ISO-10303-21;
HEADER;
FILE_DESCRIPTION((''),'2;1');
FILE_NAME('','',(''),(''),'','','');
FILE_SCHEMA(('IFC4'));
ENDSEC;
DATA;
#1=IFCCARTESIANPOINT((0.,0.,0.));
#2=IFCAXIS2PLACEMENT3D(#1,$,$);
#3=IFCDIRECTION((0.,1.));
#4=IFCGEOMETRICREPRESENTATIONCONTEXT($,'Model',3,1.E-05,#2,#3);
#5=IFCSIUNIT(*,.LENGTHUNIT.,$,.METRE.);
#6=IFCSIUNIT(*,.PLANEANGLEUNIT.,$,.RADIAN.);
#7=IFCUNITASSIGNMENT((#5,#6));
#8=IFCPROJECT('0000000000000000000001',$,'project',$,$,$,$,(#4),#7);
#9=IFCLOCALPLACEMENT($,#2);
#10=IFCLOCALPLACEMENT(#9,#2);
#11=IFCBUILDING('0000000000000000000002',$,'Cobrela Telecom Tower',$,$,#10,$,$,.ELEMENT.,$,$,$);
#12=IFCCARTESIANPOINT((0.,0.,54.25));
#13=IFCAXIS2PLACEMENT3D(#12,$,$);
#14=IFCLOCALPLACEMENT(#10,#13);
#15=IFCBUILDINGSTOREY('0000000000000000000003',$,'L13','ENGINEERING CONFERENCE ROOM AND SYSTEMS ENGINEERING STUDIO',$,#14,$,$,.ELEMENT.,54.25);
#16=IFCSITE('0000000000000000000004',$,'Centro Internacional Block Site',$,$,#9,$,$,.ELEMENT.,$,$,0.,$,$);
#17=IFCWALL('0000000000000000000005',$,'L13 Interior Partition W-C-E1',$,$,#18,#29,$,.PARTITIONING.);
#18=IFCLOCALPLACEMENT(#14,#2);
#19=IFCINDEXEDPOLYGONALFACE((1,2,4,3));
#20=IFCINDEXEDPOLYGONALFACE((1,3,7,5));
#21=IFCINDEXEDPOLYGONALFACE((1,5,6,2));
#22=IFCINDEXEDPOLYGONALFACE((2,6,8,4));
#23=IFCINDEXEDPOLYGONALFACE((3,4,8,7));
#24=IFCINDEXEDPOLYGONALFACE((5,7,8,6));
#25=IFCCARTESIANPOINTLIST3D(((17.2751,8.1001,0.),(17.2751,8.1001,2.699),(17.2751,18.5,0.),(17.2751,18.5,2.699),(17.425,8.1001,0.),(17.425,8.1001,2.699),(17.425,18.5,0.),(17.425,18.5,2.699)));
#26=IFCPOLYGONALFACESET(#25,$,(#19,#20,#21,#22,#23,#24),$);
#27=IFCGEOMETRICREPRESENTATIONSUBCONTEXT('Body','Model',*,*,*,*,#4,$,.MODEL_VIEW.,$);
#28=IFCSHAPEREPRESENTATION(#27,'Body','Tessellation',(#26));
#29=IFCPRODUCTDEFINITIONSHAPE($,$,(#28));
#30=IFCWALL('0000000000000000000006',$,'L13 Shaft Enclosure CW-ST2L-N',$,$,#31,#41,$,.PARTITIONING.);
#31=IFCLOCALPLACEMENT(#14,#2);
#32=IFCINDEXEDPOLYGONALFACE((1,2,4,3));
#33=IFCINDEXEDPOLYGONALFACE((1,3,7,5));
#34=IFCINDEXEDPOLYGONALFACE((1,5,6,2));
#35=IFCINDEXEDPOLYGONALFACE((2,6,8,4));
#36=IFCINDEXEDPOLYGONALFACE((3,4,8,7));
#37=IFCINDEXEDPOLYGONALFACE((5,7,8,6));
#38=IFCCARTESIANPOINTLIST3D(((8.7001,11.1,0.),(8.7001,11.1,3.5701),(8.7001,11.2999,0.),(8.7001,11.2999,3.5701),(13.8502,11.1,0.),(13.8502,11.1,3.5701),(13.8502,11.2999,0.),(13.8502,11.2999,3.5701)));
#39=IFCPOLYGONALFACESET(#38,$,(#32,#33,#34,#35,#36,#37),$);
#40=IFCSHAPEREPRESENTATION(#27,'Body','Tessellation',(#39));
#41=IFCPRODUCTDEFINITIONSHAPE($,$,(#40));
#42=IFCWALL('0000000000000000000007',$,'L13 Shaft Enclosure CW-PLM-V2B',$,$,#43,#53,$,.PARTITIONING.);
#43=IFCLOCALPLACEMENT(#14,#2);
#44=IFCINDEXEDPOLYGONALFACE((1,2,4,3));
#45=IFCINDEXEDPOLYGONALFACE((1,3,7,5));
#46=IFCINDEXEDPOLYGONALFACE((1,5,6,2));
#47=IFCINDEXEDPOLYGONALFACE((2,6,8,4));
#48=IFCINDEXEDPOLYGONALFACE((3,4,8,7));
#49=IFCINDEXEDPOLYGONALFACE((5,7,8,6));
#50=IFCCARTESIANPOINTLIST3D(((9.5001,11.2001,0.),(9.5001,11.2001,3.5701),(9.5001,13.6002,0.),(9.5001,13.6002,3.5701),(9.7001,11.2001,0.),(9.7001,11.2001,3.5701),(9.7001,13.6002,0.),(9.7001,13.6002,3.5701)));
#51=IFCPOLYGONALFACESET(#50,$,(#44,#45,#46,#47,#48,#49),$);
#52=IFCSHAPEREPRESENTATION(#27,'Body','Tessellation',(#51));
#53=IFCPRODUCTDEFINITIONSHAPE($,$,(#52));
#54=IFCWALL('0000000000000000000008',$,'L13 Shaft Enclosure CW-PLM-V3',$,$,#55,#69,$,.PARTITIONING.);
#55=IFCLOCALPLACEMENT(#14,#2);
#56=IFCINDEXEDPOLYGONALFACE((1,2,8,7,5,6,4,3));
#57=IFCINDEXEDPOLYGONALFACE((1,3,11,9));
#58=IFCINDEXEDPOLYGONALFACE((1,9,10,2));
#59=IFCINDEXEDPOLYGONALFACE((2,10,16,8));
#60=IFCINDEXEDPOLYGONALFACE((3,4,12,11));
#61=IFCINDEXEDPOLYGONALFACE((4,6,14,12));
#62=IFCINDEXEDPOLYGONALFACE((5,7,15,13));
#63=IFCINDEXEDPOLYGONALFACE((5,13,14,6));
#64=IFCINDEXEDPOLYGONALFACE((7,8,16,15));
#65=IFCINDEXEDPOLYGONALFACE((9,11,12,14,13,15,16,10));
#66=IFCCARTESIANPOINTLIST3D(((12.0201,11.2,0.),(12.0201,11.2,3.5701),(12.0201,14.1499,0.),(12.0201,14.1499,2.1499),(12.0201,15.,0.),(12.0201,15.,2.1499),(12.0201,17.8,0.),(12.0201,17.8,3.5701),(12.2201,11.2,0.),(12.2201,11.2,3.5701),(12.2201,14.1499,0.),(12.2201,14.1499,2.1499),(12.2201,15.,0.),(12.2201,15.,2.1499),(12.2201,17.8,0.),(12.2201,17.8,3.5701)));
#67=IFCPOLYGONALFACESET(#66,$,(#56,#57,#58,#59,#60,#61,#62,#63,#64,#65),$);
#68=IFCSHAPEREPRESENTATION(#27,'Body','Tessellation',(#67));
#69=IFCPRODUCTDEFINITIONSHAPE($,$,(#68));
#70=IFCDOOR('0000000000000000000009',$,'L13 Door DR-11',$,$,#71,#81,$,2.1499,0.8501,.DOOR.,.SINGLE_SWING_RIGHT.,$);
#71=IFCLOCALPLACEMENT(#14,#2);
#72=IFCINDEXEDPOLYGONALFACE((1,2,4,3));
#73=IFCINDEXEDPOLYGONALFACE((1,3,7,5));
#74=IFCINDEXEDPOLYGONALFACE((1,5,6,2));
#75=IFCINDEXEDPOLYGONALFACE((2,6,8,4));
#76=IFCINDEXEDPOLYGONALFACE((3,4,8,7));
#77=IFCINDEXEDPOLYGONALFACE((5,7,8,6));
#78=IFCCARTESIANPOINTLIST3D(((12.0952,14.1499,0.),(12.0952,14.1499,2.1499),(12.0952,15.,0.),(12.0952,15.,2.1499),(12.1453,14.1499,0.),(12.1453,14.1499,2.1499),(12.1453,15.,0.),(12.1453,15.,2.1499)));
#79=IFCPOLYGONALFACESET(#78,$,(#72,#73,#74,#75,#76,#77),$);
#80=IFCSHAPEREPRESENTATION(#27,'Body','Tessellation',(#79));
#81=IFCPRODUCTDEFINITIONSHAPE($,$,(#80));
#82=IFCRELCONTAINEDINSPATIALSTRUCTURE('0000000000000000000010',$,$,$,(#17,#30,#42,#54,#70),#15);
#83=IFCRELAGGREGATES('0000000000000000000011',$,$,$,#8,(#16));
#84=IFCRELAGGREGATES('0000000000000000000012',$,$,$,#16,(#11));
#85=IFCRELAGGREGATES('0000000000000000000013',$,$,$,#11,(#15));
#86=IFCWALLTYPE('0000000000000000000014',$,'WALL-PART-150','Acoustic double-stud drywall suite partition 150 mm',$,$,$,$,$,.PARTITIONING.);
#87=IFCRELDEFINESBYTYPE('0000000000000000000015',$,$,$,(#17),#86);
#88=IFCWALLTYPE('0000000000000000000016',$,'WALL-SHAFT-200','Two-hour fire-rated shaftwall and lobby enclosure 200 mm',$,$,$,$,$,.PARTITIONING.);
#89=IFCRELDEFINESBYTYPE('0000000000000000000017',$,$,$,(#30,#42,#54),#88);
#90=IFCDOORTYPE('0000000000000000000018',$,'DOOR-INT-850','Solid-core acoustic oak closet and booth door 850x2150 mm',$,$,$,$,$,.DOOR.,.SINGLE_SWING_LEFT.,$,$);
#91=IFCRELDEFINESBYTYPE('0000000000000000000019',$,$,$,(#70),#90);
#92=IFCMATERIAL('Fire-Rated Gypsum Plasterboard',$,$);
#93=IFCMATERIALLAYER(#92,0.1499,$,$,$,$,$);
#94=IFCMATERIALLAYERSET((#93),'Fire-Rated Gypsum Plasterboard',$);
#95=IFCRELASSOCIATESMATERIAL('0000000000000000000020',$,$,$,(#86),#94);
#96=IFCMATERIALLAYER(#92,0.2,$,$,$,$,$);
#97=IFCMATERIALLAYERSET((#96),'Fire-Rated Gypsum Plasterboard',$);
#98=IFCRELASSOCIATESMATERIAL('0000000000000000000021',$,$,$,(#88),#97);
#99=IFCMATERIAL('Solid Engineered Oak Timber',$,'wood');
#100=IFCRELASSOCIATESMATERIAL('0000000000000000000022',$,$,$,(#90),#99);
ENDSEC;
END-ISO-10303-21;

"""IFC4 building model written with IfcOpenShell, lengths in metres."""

from ifc_helpers import new_model, si_unit, direction, frame, frame_2d, origin, place, context, subcontext, project, spatial, rectangle, extrude, material, layer, layer_set, type_object, element, fill, save


model = new_model("IFC4")

# Units and contexts
model_context = context("Model", 3, precision=1e-05, world=origin(), true_north=direction((0.0, 1.0)))
body_context = subcontext(model_context, "Body", "Model", "MODEL_VIEW")
ifc_project = project(units=[si_unit("LENGTHUNIT", "METRE"), si_unit("PLANEANGLEUNIT", "RADIAN")], contexts=[model_context])

# Site, building, storey
site_placement = place(None, origin())
site = spatial("IfcSite", under=ifc_project, at=site_placement, Name="Centro Internacional Block Site", CompositionType="ELEMENT", RefElevation=0.0)
building_placement = place(site_placement, origin())
building = spatial("IfcBuilding", under=site, at=building_placement, Name="Cobrela Telecom Tower", CompositionType="ELEMENT")
storey_placement = place(building_placement, frame((0.0, 0.0, 54.25)))
storey = spatial("IfcBuildingStorey", under=building, at=storey_placement, Name="L13", Description="ENGINEERING CONFERENCE ROOM AND SYSTEMS ENGINEERING STUDIO", CompositionType="ELEMENT", Elevation=54.25)

# Shared definitions
ifc_material_1 = material(Name="Fire-Rated Gypsum Plasterboard")
ifc_layer_1 = layer(ifc_material_1, 0.1499)
ifc_layer_set_1 = layer_set([ifc_layer_1], Name="Fire-Rated Gypsum Plasterboard")
wall_type_1 = type_object("IfcWallType", Name="WALL-PART-150", Description="Acoustic double-stud drywall suite partition 150 mm", PredefinedType="PARTITIONING", material=ifc_layer_set_1)
ifc_material_2 = material(Name="Solid Engineered Oak Timber", Category="wood")

# Walls
wall_1_placement = place(storey_placement, frame((17.3501, 8.1001, 0.0), z_axis=(0.0, 0.0, 1.0), x_axis=(0.0, 1.0, 0.0)))
element("IfcWall", 1, at=wall_1_placement, inside=storey, type_object=wall_type_1, Name="L13 Interior Partition W-C-E1", PredefinedType="PARTITIONING", context=body_context, shape_type="SweptSolid", body=[
    extrude(rectangle(XDim=10.3999, YDim=0.1499, at=frame_2d((5.2, 0.0))), origin(), (0.0, 0.0, 1.0), 2.699),
])
ifc_layer_2 = layer(ifc_material_1, 0.2)
ifc_layer_set_2 = layer_set([ifc_layer_2], Name="Fire-Rated Gypsum Plasterboard")
wall_type_2 = type_object("IfcWallType", Name="WALL-SHAFT-200", Description="Two-hour fire-rated shaftwall and lobby enclosure 200 mm", PredefinedType="PARTITIONING", material=ifc_layer_set_2)
wall_2_placement = place(storey_placement, frame((8.7, 11.2, 0.0), z_axis=(0.0, 0.0, 1.0), x_axis=(1.0, 0.0, 0.0)))
element("IfcWall", 2, at=wall_2_placement, inside=storey, type_object=wall_type_2, Name="L13 Shaft Enclosure CW-ST2L-N", PredefinedType="PARTITIONING", context=body_context, shape_type="SweptSolid", body=[
    extrude(rectangle(XDim=5.1501, YDim=0.2, at=frame_2d((2.5752, 0.0))), origin(), (0.0, 0.0, 1.0), 3.5701),
])
wall_3_placement = place(storey_placement, frame((9.6001, 11.2, 0.0), z_axis=(0.0, 0.0, 1.0), x_axis=(0.0, 1.0, 0.0)))
element("IfcWall", 3, at=wall_3_placement, inside=storey, type_object=wall_type_2, Name="L13 Shaft Enclosure CW-PLM-V2B", PredefinedType="PARTITIONING", context=body_context, shape_type="SweptSolid", body=[
    extrude(rectangle(XDim=2.4001, YDim=0.2, at=frame_2d((1.2002, 0.0))), origin(), (0.0, 0.0, 1.0), 3.5701),
])

# Wall, opening, door
wall_4_placement = place(storey_placement, frame((12.1201, 11.2, 0.0), z_axis=(0.0, 0.0, 1.0), x_axis=(0.0, 1.0, 0.0)))
wall_4 = element("IfcWall", 4, at=wall_4_placement, inside=storey, type_object=wall_type_2, Name="L13 Shaft Enclosure CW-PLM-V3", PredefinedType="PARTITIONING", context=body_context, shape_type="SweptSolid", body=[
    extrude(rectangle(XDim=6.6001, YDim=0.2, at=frame_2d((3.3, 0.0))), origin(), (0.0, 0.0, 1.0), 3.5701),
])
opening_1_placement = place(wall_4_placement, frame((2.95, 0.0, 0.0)))
opening_1 = element("IfcOpeningElement", 5, at=opening_1_placement, cuts=wall_4, PredefinedType="OPENING", context=body_context, shape_type="SweptSolid", body=[
    extrude(rectangle(XDim=0.8501, YDim=2.1499, at=frame_2d((0.425, 1.075))), frame((0.0, 0.1118, 0.0), z_axis=(0.0, -1.0, 0.0), x_axis=(1.0, 0.0, 0.0)), (0.0, 0.0, 1.0), 0.2239),
])
door_type_1 = type_object("IfcDoorType", Name="DOOR-INT-850", Description="Solid-core acoustic oak closet and booth door 850x2150 mm", OperationType="SINGLE_SWING_LEFT", PredefinedType="DOOR", material=ifc_material_2)
door_1_placement = place(opening_1_placement, origin())
door_1 = element("IfcDoor", 6, at=door_1_placement, inside=storey, type_object=door_type_1, Name="L13 Door DR-11", OperationType="SINGLE_SWING_RIGHT", OverallHeight=2.1499, OverallWidth=0.8501, PredefinedType="DOOR", context=body_context, shape_type="SweptSolid", body=[
    extrude(rectangle(XDim=0.8501, YDim=2.1499, at=frame_2d((0.425, 1.075))), frame((0.0, 0.0249, 0.0), z_axis=(0.0, -1.0, 0.0), x_axis=(1.0, 0.0, 0.0)), (0.0, 0.0, 1.0), 0.05),
])
fill(opening_1, door_1)

save(model, "model.ifc")
